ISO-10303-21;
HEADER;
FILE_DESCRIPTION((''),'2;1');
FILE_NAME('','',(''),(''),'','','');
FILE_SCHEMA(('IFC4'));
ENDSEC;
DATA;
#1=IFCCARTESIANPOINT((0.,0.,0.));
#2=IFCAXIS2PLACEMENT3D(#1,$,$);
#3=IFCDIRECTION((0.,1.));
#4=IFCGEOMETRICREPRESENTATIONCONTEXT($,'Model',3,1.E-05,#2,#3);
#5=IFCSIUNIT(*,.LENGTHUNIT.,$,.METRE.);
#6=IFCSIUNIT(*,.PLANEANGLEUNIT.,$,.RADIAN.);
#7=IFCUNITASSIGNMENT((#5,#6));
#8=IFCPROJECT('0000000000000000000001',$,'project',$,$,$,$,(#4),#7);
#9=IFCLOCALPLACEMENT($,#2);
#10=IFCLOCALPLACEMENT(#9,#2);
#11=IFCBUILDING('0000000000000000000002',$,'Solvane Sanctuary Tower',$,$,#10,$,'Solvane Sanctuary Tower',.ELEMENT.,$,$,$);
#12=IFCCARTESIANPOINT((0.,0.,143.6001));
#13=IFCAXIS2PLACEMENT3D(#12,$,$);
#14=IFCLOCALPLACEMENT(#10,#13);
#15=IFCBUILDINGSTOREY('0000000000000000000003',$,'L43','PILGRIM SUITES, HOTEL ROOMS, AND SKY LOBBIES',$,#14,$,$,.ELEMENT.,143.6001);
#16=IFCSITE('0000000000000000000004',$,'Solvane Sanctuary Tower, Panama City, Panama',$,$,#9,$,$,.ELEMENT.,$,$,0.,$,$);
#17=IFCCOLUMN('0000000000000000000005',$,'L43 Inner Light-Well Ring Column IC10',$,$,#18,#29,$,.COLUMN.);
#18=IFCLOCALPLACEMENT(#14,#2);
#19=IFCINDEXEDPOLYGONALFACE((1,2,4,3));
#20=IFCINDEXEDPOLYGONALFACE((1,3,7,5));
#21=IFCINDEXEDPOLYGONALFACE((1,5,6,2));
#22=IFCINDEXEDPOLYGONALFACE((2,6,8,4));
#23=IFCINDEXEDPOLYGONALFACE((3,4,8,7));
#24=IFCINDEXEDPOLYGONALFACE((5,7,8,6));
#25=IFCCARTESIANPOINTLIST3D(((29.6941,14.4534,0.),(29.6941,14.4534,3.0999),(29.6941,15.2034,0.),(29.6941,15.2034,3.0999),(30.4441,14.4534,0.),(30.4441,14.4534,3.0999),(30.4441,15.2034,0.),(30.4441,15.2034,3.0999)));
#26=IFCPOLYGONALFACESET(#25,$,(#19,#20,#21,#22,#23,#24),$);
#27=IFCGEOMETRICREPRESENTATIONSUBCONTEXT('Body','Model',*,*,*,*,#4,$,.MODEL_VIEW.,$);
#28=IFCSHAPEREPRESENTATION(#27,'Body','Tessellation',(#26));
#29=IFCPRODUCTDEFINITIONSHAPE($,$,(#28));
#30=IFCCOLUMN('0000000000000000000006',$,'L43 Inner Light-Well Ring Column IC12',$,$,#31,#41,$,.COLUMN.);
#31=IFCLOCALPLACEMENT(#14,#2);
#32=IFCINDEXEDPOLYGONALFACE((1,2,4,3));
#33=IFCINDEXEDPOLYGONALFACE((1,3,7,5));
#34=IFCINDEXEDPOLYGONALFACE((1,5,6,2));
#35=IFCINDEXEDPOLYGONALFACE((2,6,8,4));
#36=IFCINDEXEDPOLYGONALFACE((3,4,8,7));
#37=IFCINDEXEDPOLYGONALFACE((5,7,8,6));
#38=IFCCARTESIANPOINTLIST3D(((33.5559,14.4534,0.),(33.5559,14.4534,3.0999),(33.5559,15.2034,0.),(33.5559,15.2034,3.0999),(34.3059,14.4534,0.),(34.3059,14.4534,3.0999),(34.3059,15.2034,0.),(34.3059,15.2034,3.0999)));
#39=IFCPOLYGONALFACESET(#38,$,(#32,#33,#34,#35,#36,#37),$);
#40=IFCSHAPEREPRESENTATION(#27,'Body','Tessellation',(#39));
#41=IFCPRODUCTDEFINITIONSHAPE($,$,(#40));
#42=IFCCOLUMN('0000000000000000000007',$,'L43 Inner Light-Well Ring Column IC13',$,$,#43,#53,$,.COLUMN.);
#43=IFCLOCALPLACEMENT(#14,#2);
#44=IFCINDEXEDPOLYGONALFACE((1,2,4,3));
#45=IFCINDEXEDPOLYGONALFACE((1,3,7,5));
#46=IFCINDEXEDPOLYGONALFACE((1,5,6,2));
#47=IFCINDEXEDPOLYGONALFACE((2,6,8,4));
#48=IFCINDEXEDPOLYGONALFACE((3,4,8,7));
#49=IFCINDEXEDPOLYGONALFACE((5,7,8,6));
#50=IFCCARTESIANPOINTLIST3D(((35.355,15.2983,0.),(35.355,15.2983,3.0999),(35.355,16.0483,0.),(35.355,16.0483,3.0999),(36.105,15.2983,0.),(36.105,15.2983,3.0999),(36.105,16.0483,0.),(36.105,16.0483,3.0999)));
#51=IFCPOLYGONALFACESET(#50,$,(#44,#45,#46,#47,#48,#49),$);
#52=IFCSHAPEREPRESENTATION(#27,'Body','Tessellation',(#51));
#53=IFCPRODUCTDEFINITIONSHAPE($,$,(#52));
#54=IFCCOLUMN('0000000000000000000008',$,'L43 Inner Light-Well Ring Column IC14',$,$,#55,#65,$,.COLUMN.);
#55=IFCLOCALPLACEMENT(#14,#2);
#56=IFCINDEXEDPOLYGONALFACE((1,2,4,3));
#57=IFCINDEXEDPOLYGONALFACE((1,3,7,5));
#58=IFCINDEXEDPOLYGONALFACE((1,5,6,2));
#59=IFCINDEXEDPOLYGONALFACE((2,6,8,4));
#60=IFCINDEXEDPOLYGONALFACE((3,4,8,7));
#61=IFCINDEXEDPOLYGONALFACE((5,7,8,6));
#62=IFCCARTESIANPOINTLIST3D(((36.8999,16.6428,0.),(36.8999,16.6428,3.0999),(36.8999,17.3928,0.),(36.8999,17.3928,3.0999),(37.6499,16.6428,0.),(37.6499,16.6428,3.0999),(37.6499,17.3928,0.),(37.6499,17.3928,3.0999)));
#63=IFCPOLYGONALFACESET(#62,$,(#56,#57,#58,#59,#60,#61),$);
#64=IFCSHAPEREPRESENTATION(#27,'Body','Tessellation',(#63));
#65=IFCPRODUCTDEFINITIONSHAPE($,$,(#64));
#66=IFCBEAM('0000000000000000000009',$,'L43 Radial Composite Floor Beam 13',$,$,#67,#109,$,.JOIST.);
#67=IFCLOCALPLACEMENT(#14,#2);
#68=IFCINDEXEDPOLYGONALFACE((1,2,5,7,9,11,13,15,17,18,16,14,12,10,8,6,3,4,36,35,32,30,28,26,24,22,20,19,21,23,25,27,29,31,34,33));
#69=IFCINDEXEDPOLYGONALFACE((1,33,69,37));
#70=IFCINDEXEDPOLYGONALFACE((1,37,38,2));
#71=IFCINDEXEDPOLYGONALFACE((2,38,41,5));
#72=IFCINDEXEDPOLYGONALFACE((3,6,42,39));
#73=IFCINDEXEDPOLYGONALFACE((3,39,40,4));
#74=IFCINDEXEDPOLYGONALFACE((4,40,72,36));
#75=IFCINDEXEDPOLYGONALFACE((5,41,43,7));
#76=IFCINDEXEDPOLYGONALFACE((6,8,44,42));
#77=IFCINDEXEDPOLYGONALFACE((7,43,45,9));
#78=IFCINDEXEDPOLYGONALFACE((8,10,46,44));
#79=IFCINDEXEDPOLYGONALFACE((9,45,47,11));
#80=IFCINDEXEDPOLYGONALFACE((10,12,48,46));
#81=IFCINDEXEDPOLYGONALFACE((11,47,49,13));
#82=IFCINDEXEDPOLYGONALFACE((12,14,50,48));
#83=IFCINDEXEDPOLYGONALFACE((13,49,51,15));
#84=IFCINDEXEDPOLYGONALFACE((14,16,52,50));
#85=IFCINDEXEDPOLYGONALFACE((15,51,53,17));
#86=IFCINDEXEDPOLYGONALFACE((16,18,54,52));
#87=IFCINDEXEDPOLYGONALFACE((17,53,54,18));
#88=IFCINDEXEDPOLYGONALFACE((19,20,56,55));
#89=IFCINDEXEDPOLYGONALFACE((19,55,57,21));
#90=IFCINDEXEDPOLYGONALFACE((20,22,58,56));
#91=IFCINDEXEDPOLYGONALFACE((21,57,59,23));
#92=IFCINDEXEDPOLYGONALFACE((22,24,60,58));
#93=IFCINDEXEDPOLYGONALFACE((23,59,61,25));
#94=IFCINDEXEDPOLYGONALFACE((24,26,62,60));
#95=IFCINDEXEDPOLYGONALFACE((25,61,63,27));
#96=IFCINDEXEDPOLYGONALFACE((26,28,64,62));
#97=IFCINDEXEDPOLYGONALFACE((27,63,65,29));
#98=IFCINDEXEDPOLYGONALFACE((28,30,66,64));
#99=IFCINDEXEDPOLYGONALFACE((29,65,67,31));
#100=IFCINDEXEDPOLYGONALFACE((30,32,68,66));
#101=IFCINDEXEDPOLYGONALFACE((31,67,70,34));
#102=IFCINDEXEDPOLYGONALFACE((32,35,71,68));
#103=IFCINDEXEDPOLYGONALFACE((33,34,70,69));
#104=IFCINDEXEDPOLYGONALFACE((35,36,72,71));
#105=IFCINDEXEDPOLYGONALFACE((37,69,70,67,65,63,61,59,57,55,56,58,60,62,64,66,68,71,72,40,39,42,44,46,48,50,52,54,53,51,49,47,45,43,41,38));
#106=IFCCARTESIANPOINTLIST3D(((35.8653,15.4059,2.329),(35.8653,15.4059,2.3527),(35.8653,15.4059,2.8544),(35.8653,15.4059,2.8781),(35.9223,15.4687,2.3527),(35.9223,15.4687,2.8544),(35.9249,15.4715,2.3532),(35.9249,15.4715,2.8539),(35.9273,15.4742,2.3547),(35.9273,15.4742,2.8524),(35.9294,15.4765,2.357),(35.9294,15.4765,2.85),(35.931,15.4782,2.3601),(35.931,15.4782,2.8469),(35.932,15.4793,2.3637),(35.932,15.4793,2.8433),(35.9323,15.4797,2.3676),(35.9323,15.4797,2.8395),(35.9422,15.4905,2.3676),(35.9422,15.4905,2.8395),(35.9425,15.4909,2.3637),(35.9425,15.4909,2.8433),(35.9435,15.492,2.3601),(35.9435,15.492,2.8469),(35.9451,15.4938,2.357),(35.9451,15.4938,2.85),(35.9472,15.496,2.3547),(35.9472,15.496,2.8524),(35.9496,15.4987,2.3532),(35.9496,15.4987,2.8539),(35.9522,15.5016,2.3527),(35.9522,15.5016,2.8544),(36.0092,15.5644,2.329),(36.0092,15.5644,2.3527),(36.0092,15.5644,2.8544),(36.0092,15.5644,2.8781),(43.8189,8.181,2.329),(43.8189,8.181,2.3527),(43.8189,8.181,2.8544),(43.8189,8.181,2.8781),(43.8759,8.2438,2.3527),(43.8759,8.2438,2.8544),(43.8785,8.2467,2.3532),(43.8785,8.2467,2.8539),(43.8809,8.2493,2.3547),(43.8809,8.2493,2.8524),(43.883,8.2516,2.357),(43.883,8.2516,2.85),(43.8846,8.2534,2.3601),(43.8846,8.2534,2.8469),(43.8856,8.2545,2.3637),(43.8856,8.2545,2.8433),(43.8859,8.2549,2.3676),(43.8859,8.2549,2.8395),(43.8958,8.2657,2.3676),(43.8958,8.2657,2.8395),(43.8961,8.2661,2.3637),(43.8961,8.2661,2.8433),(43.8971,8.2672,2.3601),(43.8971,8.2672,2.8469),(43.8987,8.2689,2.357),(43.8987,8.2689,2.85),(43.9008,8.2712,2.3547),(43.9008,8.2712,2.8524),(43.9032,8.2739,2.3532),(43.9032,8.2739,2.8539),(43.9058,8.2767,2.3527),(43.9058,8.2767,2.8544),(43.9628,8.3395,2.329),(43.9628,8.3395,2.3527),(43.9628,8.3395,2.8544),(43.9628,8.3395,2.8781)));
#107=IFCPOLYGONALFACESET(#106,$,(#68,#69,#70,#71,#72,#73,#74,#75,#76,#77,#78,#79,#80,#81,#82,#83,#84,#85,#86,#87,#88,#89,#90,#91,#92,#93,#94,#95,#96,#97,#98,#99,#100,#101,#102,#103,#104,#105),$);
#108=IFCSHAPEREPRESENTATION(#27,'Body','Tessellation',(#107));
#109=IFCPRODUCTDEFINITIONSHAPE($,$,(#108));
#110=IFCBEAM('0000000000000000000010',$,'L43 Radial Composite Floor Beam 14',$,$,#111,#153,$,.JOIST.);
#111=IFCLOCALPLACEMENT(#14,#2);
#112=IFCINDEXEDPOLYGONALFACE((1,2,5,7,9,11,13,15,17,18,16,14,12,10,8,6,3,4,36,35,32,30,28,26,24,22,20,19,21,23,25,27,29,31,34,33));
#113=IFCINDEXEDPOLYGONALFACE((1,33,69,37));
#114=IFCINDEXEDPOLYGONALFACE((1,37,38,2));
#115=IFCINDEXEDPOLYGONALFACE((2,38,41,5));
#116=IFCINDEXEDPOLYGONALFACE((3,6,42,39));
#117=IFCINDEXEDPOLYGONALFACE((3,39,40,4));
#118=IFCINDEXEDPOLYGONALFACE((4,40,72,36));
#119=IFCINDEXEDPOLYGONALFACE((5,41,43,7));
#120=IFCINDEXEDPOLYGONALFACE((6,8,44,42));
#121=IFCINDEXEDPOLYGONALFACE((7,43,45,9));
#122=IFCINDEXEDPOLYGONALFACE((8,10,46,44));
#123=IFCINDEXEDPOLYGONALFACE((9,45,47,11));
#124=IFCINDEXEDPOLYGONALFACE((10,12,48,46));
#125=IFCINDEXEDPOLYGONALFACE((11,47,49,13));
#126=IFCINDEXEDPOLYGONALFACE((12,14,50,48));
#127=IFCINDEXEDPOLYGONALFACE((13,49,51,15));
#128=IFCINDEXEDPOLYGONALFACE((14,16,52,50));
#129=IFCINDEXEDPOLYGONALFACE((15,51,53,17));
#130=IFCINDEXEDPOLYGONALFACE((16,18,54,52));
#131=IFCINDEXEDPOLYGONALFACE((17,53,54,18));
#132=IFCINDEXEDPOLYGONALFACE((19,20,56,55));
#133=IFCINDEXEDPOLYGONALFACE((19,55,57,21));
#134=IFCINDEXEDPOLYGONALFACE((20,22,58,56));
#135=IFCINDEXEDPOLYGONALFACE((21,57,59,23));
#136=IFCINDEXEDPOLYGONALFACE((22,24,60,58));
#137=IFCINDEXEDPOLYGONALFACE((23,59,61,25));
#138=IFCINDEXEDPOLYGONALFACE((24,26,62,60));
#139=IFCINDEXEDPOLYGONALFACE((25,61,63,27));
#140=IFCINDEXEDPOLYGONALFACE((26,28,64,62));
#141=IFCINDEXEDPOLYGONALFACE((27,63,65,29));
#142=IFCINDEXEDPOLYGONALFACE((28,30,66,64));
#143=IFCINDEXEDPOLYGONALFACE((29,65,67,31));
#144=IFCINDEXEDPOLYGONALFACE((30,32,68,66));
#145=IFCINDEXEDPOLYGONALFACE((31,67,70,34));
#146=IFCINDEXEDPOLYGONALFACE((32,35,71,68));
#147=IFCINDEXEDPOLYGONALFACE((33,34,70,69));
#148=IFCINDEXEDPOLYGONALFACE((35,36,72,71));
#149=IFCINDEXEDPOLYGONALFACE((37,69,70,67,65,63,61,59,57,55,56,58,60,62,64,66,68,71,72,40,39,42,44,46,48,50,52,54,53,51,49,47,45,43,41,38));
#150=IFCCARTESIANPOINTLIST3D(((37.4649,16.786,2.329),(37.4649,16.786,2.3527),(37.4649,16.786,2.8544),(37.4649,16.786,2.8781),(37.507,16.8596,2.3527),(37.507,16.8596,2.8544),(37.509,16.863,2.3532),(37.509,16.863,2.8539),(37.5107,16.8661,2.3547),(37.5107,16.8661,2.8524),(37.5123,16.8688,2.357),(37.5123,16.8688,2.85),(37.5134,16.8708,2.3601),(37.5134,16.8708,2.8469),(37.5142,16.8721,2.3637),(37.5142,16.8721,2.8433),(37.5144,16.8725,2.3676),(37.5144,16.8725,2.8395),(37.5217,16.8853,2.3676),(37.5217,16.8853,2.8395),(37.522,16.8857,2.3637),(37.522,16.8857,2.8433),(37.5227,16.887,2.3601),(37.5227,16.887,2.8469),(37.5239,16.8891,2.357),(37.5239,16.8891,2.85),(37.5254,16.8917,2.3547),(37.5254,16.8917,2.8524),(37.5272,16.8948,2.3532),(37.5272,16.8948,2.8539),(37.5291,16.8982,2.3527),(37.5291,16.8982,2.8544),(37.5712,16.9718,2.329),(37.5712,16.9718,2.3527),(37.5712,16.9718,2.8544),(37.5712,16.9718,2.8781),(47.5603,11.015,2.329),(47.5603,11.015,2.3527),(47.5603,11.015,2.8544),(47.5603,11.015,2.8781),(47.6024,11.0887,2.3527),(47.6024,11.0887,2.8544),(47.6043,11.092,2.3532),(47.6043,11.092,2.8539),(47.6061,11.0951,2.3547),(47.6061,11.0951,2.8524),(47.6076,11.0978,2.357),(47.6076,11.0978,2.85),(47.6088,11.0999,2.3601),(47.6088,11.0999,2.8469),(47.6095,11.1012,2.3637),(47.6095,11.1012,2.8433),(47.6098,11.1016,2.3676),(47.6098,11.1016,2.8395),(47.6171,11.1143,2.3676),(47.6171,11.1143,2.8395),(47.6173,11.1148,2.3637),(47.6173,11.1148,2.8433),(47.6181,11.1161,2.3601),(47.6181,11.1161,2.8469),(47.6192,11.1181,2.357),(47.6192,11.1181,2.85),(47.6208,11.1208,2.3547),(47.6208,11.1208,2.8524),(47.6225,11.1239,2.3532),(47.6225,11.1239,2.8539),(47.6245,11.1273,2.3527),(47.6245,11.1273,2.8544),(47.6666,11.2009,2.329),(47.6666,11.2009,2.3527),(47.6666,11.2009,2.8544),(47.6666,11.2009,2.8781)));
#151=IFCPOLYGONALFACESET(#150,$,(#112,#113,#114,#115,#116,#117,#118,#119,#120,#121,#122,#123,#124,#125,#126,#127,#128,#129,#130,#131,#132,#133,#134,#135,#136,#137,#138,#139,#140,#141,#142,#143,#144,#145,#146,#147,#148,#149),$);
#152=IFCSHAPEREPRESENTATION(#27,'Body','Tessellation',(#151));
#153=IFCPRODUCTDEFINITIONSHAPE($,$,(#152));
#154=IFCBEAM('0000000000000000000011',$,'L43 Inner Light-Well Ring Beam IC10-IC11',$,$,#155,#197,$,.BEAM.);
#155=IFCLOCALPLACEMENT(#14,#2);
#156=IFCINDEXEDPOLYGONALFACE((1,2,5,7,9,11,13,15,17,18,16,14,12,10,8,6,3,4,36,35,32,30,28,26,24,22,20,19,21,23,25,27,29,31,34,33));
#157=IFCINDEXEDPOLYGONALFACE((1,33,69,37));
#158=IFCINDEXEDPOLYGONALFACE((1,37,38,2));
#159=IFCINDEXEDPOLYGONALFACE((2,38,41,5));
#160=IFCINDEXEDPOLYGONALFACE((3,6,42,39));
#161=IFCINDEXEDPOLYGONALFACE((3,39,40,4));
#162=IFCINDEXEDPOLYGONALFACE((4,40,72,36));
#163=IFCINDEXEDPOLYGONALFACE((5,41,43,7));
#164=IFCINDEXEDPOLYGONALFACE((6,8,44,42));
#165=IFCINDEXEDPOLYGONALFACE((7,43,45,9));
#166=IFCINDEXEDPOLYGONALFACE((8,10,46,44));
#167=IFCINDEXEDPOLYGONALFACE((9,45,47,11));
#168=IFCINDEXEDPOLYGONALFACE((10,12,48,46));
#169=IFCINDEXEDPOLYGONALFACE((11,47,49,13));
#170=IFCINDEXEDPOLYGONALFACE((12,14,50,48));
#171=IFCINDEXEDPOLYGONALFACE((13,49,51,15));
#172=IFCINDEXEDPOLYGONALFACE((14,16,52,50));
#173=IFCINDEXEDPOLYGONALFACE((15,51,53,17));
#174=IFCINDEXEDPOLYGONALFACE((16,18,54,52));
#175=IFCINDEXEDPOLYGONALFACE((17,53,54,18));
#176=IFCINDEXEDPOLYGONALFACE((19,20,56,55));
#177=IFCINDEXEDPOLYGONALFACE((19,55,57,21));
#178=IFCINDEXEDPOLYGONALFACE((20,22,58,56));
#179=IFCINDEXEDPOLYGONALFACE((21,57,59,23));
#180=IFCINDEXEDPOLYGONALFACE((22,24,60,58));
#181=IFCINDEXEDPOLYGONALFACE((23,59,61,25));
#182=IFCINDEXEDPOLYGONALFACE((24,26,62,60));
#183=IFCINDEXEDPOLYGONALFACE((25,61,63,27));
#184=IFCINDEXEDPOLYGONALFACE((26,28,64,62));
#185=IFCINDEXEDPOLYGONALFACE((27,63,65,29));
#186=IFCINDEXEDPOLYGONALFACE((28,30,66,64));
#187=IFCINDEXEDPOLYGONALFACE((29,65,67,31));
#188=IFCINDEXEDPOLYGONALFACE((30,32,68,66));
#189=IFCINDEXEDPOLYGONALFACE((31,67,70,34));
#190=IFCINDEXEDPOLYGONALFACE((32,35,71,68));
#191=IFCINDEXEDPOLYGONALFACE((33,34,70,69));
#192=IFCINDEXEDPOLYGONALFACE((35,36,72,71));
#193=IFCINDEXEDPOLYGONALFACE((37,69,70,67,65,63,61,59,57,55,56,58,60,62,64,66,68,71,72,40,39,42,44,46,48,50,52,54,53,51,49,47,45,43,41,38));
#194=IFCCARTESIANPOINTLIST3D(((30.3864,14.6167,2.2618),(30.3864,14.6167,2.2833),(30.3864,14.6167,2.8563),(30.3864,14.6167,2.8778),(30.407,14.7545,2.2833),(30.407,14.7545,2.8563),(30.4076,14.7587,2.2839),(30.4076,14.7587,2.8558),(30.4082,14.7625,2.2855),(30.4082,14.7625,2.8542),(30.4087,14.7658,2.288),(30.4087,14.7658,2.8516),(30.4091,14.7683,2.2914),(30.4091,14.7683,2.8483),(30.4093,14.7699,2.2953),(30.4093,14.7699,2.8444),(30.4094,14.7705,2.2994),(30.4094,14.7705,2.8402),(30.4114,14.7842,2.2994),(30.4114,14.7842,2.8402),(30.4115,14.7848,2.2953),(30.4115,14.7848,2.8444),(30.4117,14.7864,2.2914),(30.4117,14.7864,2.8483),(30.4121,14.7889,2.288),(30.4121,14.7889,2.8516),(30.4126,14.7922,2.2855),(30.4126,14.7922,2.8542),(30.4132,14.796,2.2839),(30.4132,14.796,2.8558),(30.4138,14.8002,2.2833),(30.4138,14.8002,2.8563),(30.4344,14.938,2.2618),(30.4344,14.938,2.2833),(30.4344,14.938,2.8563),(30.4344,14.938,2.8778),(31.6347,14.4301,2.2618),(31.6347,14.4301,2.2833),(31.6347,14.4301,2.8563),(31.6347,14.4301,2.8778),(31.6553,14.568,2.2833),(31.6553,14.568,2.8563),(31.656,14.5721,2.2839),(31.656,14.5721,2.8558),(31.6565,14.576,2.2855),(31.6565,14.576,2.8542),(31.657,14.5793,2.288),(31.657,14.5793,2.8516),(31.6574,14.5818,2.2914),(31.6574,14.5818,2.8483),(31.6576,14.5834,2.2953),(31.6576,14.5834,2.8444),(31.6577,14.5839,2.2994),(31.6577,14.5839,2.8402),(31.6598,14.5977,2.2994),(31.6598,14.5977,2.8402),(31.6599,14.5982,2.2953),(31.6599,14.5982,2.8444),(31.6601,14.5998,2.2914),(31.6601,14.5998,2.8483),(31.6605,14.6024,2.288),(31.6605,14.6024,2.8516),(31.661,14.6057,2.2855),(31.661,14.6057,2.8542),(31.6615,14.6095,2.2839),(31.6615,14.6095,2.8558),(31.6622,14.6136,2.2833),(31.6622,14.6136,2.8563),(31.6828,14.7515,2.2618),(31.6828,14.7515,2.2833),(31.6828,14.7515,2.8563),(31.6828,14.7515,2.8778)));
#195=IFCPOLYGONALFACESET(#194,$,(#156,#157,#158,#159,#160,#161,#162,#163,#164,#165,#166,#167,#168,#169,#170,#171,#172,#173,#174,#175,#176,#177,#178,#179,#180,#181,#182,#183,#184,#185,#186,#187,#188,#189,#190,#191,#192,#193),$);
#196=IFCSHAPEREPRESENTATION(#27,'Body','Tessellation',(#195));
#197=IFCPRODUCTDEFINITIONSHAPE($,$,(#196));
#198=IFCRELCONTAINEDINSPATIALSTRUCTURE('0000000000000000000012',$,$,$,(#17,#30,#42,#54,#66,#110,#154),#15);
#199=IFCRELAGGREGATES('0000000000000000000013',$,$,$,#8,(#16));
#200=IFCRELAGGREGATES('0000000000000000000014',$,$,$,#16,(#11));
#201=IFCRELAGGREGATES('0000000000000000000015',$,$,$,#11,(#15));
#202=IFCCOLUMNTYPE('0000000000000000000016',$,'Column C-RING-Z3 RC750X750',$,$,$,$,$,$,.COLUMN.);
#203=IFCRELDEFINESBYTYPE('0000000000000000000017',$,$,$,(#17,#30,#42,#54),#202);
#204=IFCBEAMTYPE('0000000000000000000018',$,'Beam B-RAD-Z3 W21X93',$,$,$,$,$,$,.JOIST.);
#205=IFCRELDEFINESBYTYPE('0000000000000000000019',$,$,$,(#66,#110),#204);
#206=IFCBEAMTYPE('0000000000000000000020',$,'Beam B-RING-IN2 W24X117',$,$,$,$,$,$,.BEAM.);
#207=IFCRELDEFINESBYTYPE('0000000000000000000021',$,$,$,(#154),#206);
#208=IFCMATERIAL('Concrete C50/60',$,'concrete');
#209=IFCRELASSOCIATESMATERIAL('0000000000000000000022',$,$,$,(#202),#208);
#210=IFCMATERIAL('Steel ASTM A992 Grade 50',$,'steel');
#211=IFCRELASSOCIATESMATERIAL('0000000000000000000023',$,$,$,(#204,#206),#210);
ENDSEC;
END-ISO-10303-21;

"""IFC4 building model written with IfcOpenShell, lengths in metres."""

from ifc_helpers import new_model, si_unit, direction, frame, origin, origin_2d, place, context, subcontext, project, spatial, rectangle, i_section, extrude, material, material_profile, profile_set, type_object, element, save


model = new_model("IFC4")

# Units and contexts
model_context = context("Model", 3, precision=1e-05, world=origin(), true_north=direction((0.0, 1.0)))
body_context = subcontext(model_context, "Body", "Model", "MODEL_VIEW")
ifc_project = project(units=[si_unit("LENGTHUNIT", "METRE"), si_unit("PLANEANGLEUNIT", "RADIAN")], contexts=[model_context])

# Site, building, storey
site_placement = place(None, origin())
site = spatial("IfcSite", under=ifc_project, at=site_placement, Name="Solvane Sanctuary Tower, Panama City, Panama", CompositionType="ELEMENT", RefElevation=0.0)
building_placement = place(site_placement, origin())
building = spatial("IfcBuilding", under=site, at=building_placement, Name="Solvane Sanctuary Tower", LongName="Solvane Sanctuary Tower", CompositionType="ELEMENT")
storey_placement = place(building_placement, frame((0.0, 0.0, 143.6001)))
storey = spatial("IfcBuildingStorey", under=building, at=storey_placement, Name="L43", Description="PILGRIM SUITES, HOTEL ROOMS, AND SKY LOBBIES", CompositionType="ELEMENT", Elevation=143.6001)

# Columns
ifc_material_1 = material(Name="Concrete C50/60", Category="concrete")
ifc_material_profile_1 = material_profile(ifc_material_1, rectangle(XDim=0.75, YDim=0.75, at=origin_2d()), Name="RC750X750")
ifc_profile_set_1 = profile_set([ifc_material_profile_1], Name="Concrete C50/60")
column_type = type_object("IfcColumnType", Name="Column C-RING-Z3 RC750X750", PredefinedType="COLUMN", material=ifc_profile_set_1)
for number, where, z_axis, x_axis, name in (
    (1, (30.0691, 14.8284, 0.0), (0.0, 0.0, 1.0), (1.0, 0.0, 0.0), "L43 Inner Light-Well Ring Column IC10"),
    (2, (33.9309, 14.8284, 0.0), (0.0, 0.0, 1.0), (1.0, 0.0, 0.0), "L43 Inner Light-Well Ring Column IC12"),
    (3, (35.73, 15.6733, 0.0), (0.0, 0.0, 1.0), (1.0, 0.0, 0.0), "L43 Inner Light-Well Ring Column IC13"),
    (4, (37.2749, 17.0178, 0.0), (0.0, 0.0, 1.0), (1.0, 0.0, 0.0), "L43 Inner Light-Well Ring Column IC14"),
):
    element("IfcColumn", number, at=place(storey_placement, frame(where, z_axis=z_axis, x_axis=x_axis)), inside=storey, type_object=column_type, Name=name, PredefinedType="COLUMN", context=body_context, shape_type="SweptSolid", body=[
        extrude(rectangle(XDim=0.75, YDim=0.75, at=origin_2d()), origin(), (0.0, 0.0, 1.0), 3.0999),
    ])

# Beams
ifc_material_2 = material(Name="Steel ASTM A992 Grade 50", Category="steel")
ifc_material_profile_2 = material_profile(ifc_material_2, i_section(OverallWidth=0.2141, OverallDepth=0.5491, WebThickness=0.0146, FlangeThickness=0.0237, FilletRadius=0.0149, at=origin_2d()), Name="W21X93")
ifc_profile_set_2 = profile_set([ifc_material_profile_2], Name="Steel ASTM A992 Grade 50")
beam_type_1 = type_object("IfcBeamType", Name="Beam B-RAD-Z3 W21X93", PredefinedType="JOIST", material=ifc_profile_set_2)
beam_1_placement = place(storey_placement, frame((35.9373, 15.4851, 2.6035), z_axis=(0.740204, -0.672382, 0.0), x_axis=(0.672382, 0.740204, 0.0)))
element("IfcBeam", 5, at=beam_1_placement, inside=storey, type_object=beam_type_1, Name="L43 Radial Composite Floor Beam 13", PredefinedType="JOIST", context=body_context, shape_type="SweptSolid", body=[
    extrude(i_section(OverallWidth=0.2141, OverallDepth=0.5491, WebThickness=0.0146, FlangeThickness=0.0237, FilletRadius=0.0149, at=origin_2d()), origin(), (0.0, 0.0, 1.0), 10.7451),
])
beam_2_placement = place(storey_placement, frame((37.5181, 16.8789, 2.6035), z_axis=(0.868163, -0.496279, 0.0), x_axis=(0.496279, 0.868163, 0.0)))
element("IfcBeam", 6, at=beam_2_placement, inside=storey, type_object=beam_type_1, Name="L43 Radial Composite Floor Beam 14", PredefinedType="JOIST", context=body_context, shape_type="SweptSolid", body=[
    extrude(i_section(OverallWidth=0.2141, OverallDepth=0.5491, WebThickness=0.0146, FlangeThickness=0.0237, FilletRadius=0.0149, at=origin_2d()), origin(), (0.0, 0.0, 1.0), 11.6284),
])
ifc_material_profile_3 = material_profile(ifc_material_2, i_section(OverallWidth=0.325, OverallDepth=0.616, WebThickness=0.0139, FlangeThickness=0.0215, FilletRadius=0.0161, at=origin_2d()), Name="W24X117")
ifc_profile_set_3 = profile_set([ifc_material_profile_3], Name="Steel ASTM A992 Grade 50")
beam_type_2 = type_object("IfcBeamType", Name="Beam B-RING-IN2 W24X117", PredefinedType="BEAM", material=ifc_profile_set_3)
for number, where, z_axis, x_axis, name in (
    (7, (30.4104, 14.7773, 2.5698), (0.98902, -0.147782, 0.0), (0.147782, 0.98902, 0.0), "L43 Inner Light-Well Ring Beam IC10-IC11"),
):
    element("IfcBeam", number, at=place(storey_placement, frame(where, z_axis=z_axis, x_axis=x_axis)), inside=storey, type_object=beam_type_2, Name=name, PredefinedType="BEAM", context=body_context, shape_type="SweptSolid", body=[
        extrude(i_section(OverallWidth=0.325, OverallDepth=0.616, WebThickness=0.0139, FlangeThickness=0.0215, FilletRadius=0.0161, at=origin_2d()), origin(), (0.0, 0.0, 1.0), 1.2622),
    ])

save(model, "model.ifc")
